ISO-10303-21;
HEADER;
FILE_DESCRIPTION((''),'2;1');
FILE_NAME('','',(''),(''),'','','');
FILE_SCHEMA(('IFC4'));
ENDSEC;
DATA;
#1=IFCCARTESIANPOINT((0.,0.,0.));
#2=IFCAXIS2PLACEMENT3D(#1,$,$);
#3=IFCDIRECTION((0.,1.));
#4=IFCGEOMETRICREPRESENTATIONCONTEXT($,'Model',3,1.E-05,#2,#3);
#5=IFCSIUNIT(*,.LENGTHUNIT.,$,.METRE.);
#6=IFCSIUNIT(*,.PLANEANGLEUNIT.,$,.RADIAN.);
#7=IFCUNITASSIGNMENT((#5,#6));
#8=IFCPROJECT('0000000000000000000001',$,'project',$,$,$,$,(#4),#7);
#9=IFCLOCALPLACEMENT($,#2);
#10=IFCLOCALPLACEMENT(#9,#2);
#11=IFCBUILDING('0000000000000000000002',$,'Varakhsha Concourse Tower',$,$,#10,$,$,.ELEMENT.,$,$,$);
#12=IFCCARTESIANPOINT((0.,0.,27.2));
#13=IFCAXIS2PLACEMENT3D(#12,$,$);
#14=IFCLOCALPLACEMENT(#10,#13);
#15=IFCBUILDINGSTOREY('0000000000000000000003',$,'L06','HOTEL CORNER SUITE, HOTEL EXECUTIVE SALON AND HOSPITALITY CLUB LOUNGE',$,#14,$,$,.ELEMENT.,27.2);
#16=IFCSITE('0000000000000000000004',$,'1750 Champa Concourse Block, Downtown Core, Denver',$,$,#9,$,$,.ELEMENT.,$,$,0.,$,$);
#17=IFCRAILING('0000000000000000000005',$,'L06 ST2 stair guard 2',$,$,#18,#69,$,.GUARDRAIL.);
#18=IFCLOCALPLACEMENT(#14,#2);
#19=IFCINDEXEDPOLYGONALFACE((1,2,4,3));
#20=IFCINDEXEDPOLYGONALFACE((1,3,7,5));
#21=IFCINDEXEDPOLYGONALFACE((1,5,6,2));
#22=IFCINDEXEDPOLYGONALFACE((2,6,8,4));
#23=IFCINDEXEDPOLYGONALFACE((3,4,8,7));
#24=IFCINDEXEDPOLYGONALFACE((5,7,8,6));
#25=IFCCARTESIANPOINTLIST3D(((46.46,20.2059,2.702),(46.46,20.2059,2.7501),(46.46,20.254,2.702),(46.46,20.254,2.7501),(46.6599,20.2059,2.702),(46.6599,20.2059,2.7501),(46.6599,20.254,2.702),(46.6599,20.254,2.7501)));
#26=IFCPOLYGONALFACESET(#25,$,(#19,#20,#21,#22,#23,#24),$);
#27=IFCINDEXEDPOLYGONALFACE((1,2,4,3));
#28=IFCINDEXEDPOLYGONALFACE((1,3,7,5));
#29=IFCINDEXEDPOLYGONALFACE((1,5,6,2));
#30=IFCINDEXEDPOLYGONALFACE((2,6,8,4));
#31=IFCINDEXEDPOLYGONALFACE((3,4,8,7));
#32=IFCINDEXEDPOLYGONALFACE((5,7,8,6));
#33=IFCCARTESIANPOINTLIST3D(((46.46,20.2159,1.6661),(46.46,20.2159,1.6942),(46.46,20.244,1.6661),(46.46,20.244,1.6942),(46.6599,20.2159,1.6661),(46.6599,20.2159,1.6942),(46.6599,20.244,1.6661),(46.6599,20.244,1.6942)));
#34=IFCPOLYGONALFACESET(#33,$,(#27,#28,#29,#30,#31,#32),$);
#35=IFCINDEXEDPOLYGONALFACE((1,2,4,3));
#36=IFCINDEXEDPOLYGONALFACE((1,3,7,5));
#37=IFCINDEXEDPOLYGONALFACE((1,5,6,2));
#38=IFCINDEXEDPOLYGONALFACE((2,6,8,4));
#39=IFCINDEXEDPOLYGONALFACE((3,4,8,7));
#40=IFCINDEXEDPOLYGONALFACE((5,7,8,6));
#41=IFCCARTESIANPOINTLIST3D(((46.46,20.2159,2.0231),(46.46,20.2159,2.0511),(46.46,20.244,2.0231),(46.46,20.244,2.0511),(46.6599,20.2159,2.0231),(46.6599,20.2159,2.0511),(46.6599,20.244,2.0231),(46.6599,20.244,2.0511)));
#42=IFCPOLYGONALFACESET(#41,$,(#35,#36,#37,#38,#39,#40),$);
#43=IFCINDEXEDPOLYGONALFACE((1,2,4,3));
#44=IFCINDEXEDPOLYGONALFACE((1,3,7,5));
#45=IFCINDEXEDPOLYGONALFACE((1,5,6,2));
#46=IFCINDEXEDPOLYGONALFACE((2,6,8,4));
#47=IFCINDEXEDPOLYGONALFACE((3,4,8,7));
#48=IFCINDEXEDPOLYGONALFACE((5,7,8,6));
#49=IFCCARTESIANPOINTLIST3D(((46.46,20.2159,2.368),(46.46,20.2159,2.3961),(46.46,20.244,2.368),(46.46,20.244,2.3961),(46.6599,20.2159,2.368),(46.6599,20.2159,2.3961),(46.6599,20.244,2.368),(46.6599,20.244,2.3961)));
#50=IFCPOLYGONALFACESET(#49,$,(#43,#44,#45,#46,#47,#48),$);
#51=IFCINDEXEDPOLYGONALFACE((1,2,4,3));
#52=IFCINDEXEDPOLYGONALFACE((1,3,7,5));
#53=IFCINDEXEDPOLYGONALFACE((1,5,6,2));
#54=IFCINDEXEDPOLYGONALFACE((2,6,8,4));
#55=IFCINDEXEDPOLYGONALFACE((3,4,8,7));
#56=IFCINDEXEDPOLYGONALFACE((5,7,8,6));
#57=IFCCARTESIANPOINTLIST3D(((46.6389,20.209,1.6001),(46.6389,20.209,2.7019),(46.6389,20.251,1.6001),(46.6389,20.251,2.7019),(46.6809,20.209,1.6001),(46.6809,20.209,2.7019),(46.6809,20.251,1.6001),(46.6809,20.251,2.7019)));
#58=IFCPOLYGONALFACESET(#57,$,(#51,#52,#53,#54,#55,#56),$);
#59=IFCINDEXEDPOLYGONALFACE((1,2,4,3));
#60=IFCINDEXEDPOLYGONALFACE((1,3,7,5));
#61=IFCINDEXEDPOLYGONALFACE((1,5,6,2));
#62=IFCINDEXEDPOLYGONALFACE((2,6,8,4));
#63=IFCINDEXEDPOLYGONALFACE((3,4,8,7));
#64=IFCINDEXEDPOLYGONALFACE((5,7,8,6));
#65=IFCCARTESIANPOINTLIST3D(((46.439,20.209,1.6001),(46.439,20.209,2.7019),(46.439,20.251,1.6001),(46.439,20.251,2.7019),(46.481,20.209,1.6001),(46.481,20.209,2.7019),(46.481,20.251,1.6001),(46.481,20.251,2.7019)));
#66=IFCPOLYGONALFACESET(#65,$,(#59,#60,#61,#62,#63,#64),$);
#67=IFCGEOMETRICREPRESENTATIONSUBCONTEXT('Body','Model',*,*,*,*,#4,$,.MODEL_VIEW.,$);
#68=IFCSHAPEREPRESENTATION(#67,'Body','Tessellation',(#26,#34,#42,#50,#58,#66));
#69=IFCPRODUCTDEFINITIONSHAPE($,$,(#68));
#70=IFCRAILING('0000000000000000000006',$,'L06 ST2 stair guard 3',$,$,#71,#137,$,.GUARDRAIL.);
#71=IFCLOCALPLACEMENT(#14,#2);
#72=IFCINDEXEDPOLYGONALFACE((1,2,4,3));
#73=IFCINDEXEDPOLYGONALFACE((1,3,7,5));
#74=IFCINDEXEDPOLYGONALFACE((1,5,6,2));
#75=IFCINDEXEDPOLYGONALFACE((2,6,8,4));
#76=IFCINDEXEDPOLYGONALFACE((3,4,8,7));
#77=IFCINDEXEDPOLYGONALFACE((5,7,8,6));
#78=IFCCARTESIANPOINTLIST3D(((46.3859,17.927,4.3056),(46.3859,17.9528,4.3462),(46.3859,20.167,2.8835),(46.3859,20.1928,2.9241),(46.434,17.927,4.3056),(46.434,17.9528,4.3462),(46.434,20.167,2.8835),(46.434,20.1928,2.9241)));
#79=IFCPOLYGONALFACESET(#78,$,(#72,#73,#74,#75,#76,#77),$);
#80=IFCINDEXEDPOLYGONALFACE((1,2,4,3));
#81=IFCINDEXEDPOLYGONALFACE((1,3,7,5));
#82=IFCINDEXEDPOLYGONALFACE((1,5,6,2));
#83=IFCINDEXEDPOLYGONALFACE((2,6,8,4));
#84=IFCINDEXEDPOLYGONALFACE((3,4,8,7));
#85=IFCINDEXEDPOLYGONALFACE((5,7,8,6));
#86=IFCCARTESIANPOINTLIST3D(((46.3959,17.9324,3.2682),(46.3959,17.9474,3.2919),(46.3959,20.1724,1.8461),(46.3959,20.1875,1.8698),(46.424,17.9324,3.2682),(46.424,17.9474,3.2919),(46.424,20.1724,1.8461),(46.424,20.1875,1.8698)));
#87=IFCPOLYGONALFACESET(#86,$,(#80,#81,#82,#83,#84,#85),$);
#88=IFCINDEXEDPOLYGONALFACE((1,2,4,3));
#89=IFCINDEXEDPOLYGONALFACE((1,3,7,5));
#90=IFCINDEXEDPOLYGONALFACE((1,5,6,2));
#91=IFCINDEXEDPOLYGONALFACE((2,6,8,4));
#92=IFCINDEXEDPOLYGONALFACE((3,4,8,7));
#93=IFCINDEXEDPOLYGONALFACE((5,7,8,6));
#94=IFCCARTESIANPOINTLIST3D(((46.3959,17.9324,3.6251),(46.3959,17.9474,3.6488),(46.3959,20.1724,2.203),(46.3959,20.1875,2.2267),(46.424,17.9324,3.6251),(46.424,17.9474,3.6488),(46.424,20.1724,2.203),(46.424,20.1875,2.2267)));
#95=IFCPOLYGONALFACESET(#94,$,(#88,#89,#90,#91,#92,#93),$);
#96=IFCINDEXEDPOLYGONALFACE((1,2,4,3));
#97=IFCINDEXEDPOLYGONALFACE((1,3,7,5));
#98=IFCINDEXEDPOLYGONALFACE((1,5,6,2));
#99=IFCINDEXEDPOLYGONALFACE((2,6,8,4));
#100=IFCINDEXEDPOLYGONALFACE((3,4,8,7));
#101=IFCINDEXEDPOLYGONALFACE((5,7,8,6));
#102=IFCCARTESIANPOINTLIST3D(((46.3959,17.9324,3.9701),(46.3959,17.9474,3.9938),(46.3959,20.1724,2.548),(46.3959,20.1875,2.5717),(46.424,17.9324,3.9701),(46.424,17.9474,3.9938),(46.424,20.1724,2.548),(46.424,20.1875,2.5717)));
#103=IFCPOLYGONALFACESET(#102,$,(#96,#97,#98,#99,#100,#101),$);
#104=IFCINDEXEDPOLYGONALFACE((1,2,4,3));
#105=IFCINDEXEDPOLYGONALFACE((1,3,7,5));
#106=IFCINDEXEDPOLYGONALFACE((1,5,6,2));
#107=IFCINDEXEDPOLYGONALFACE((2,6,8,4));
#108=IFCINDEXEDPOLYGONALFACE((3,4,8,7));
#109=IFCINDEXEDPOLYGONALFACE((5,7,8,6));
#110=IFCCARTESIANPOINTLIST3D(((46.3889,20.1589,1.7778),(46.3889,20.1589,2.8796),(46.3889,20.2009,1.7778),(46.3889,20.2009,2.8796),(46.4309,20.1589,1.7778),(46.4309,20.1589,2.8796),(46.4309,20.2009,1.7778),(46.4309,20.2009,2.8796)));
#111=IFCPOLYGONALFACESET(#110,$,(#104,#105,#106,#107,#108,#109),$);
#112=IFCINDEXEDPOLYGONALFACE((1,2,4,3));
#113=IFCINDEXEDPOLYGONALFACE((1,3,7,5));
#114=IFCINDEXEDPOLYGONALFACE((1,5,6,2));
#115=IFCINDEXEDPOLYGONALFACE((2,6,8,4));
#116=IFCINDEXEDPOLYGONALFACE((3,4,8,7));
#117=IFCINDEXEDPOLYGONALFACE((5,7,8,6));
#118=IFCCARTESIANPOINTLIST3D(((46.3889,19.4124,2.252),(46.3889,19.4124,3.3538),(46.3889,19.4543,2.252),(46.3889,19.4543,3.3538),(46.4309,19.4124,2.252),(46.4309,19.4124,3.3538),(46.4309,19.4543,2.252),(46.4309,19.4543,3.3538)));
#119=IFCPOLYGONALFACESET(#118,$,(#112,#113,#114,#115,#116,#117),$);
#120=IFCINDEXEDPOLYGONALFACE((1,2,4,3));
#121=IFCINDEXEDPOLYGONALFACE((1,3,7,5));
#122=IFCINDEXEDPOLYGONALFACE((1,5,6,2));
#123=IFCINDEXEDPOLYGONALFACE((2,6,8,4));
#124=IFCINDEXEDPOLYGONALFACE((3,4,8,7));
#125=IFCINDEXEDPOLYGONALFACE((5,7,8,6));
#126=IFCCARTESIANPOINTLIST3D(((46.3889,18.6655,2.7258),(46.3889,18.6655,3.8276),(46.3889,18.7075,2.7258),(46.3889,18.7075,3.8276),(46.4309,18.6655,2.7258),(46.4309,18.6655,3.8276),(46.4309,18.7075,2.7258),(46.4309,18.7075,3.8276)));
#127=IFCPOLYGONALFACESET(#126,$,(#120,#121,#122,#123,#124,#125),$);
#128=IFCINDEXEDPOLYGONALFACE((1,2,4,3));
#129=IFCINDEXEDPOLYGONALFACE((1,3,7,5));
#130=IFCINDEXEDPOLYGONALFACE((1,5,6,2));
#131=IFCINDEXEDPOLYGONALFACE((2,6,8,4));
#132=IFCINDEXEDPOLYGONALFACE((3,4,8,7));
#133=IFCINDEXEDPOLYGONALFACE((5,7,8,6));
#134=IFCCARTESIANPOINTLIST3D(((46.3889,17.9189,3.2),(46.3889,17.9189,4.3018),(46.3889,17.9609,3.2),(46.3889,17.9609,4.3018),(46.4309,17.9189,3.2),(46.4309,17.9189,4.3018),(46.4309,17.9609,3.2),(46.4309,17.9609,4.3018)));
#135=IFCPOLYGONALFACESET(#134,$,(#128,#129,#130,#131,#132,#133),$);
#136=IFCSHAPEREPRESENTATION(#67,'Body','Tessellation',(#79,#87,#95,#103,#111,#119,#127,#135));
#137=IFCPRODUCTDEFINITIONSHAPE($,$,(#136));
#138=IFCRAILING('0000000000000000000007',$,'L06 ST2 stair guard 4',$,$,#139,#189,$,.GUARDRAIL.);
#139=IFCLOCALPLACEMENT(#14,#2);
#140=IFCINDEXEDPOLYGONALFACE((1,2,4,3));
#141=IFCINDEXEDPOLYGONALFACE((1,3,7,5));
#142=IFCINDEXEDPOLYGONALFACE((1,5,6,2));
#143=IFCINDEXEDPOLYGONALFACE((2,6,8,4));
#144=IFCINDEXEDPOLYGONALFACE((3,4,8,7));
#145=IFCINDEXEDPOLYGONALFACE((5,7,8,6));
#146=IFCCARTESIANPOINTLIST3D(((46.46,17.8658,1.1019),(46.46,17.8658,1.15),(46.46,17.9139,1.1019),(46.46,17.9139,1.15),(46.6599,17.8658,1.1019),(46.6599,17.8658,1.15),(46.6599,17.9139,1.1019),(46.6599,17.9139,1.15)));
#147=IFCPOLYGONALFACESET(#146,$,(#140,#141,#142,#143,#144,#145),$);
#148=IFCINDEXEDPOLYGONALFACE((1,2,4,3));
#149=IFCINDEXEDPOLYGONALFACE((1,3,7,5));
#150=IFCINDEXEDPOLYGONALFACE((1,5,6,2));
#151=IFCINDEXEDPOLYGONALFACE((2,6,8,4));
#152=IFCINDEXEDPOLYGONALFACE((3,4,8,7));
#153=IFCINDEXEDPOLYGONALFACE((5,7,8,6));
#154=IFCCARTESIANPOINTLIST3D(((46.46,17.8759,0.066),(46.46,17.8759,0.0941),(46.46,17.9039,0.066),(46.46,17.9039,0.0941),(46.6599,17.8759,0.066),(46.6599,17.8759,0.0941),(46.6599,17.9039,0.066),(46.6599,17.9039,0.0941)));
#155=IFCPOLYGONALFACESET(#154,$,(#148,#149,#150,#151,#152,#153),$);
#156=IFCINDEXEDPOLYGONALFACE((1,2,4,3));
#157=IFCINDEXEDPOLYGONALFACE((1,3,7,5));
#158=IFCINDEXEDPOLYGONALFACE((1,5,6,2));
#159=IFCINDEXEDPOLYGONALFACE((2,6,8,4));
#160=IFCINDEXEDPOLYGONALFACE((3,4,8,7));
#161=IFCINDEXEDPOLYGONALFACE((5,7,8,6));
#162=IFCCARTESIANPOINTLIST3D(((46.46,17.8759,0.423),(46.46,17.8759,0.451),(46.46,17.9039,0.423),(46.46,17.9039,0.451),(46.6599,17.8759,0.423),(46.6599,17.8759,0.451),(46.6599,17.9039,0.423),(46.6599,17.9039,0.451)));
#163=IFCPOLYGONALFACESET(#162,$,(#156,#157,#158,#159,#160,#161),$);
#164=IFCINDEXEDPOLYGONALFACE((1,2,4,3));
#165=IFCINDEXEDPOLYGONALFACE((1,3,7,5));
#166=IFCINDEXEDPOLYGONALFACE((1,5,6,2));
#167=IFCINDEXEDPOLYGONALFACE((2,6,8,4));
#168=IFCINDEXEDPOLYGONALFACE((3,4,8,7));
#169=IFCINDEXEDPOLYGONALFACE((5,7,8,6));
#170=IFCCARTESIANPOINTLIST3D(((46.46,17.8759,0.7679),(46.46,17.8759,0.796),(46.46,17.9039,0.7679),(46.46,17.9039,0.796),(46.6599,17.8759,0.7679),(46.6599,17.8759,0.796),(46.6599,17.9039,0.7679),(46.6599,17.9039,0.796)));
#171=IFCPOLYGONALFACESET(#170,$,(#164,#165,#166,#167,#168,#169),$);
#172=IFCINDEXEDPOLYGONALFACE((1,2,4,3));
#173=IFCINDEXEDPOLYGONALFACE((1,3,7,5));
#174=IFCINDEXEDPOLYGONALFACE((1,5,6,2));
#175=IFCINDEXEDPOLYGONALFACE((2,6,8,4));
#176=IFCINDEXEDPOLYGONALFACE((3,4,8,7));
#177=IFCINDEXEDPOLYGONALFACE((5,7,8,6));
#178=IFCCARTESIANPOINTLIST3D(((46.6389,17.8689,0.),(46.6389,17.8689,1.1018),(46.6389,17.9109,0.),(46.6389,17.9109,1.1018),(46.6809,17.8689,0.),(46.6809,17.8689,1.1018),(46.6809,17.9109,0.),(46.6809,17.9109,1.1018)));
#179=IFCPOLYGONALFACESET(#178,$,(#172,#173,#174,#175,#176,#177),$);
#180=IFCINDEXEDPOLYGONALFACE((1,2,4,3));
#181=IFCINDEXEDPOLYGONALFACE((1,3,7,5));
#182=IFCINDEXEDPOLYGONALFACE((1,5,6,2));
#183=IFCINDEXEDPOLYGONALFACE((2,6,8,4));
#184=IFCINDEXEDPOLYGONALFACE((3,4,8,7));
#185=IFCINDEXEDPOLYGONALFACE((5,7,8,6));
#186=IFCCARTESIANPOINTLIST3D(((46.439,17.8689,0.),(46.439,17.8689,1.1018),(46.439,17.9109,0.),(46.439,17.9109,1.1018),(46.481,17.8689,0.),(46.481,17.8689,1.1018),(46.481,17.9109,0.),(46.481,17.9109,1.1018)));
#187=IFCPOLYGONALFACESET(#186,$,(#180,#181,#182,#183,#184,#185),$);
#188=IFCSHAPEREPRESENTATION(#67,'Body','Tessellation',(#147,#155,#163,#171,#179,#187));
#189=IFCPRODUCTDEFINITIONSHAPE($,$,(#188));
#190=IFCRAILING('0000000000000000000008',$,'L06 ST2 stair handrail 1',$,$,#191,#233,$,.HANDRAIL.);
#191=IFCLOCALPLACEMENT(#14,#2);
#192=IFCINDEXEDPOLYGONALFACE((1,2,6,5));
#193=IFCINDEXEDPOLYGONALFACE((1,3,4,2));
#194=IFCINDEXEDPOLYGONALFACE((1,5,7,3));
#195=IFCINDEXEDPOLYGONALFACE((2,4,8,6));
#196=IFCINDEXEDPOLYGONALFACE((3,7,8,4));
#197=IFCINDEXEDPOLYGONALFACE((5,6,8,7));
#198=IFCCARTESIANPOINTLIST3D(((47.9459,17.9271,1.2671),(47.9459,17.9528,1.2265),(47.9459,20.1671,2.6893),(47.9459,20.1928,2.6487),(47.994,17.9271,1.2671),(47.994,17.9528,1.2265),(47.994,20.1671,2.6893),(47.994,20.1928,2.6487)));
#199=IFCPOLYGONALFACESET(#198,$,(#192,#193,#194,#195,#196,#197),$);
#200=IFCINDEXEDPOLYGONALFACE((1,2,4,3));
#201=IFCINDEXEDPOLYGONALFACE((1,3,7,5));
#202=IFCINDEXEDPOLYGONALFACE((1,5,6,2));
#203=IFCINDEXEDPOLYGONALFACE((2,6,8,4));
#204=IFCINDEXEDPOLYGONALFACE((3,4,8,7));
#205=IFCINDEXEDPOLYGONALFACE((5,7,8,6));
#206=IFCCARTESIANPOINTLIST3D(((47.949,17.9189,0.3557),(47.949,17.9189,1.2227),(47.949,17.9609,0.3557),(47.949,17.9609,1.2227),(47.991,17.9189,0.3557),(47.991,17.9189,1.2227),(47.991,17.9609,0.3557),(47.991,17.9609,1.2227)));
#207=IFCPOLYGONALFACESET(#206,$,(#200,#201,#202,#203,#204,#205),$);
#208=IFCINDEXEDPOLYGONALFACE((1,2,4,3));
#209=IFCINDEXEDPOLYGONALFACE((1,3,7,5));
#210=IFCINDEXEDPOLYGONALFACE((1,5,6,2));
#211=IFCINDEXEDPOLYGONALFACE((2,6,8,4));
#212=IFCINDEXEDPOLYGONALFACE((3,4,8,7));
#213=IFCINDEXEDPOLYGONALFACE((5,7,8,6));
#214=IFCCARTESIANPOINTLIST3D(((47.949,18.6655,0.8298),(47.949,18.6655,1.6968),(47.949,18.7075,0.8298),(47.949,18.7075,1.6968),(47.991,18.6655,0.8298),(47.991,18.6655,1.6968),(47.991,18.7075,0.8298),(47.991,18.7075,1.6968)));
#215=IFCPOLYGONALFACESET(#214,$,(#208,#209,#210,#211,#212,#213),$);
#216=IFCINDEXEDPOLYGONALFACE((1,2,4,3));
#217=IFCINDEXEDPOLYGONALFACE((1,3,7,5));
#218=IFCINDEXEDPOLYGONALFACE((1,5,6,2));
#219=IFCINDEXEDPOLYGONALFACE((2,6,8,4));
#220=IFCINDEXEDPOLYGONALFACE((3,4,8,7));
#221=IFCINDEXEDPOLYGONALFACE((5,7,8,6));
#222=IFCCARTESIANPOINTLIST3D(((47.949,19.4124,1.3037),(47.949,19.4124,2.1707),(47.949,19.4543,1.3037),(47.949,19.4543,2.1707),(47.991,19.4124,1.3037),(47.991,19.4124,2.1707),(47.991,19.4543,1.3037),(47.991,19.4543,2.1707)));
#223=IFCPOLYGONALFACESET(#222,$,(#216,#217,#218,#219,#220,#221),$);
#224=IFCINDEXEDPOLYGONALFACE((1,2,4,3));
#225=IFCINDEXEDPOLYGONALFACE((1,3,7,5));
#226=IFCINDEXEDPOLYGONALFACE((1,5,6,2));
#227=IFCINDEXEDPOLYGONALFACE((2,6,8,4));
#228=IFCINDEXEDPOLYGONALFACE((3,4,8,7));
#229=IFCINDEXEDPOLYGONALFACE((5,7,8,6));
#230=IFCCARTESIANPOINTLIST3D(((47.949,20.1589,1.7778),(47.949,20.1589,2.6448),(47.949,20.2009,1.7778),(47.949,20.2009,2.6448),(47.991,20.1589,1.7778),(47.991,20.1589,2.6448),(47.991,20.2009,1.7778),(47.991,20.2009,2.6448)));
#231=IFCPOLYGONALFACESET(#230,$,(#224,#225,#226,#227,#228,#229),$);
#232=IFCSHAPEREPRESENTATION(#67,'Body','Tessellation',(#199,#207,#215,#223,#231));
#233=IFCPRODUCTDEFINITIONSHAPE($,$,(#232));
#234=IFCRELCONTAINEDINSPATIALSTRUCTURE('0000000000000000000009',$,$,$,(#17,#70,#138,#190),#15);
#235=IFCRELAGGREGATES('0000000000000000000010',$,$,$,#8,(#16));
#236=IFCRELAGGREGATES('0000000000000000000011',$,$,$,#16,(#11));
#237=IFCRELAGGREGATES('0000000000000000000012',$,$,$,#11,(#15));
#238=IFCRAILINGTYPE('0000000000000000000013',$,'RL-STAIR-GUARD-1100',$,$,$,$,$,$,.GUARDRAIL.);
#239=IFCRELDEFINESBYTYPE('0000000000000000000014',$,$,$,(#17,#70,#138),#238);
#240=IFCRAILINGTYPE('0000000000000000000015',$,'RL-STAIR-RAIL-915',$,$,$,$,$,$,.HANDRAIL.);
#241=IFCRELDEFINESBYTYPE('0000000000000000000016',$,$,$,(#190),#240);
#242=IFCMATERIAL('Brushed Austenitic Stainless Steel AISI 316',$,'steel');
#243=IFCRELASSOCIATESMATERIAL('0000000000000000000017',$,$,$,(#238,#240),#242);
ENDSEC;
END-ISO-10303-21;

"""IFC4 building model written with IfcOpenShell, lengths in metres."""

from ifc_helpers import new_model, si_unit, direction, frame, origin, origin_2d, place, context, subcontext, project, spatial, rectangle, extrude, material, type_object, element, save


model = new_model("IFC4")

# Units and contexts
model_context = context("Model", 3, precision=1e-05, world=origin(), true_north=direction((0.0, 1.0)))
body_context = subcontext(model_context, "Body", "Model", "MODEL_VIEW")
ifc_project = project(units=[si_unit("LENGTHUNIT", "METRE"), si_unit("PLANEANGLEUNIT", "RADIAN")], contexts=[model_context])

# Site, building, storey
site_placement = place(None, origin())
site = spatial("IfcSite", under=ifc_project, at=site_placement, Name="1750 Champa Concourse Block, Downtown Core, Denver", CompositionType="ELEMENT", RefElevation=0.0)
building_placement = place(site_placement, origin())
building = spatial("IfcBuilding", under=site, at=building_placement, Name="Varakhsha Concourse Tower", CompositionType="ELEMENT")
storey_placement = place(building_placement, frame((0.0, 0.0, 27.2)))
storey = spatial("IfcBuildingStorey", under=building, at=storey_placement, Name="L06", Description="HOTEL CORNER SUITE, HOTEL EXECUTIVE SALON AND HOSPITALITY CLUB LOUNGE", CompositionType="ELEMENT", Elevation=27.2)

# Railings
ifc_material_1 = material(Name="Brushed Austenitic Stainless Steel AISI 316", Category="steel")
railing_type_1 = type_object("IfcRailingType", Name="RL-STAIR-GUARD-1100", PredefinedType="GUARDRAIL", material=ifc_material_1)
railing_1_placement = place(storey_placement, frame((46.6599, 20.23, 1.6001)))
element("IfcRailing", 1, at=railing_1_placement, inside=storey, type_object=railing_type_1, Name="L06 ST2 stair guard 2", PredefinedType="GUARDRAIL", context=body_context, shape_type="SweptSolid", body=[
    extrude(rectangle(XDim=0.0481, YDim=0.0481, at=origin_2d()), frame((0.0, 0.0, 1.126), z_axis=(-1.0, 0.0, 0.0), x_axis=(0.0, -1.0, 0.0)), (0.0, 0.0, 1.0), 0.2),
    extrude(rectangle(XDim=0.0281, YDim=0.0281, at=origin_2d()), frame((0.0, 0.0, 0.0801), z_axis=(-1.0, 0.0, 0.0), x_axis=(0.0, -1.0, 0.0)), (0.0, 0.0, 1.0), 0.2),
    extrude(rectangle(XDim=0.0281, YDim=0.0281, at=origin_2d()), frame((0.0, 0.0, 0.437), z_axis=(-1.0, 0.0, 0.0), x_axis=(0.0, -1.0, 0.0)), (0.0, 0.0, 1.0), 0.2),
    extrude(rectangle(XDim=0.0281, YDim=0.0281, at=origin_2d()), frame((0.0, 0.0, 0.782), z_axis=(-1.0, 0.0, 0.0), x_axis=(0.0, -1.0, 0.0)), (0.0, 0.0, 1.0), 0.2),
    extrude(rectangle(XDim=0.042, YDim=0.042, at=origin_2d()), origin(), (0.0, 0.0, 1.0), 1.1018),
    extrude(rectangle(XDim=0.042, YDim=0.042, at=origin_2d()), frame((-0.2, 0.0, 0.0)), (0.0, 0.0, 1.0), 1.1018),
])
railing_2_placement = place(storey_placement, frame((46.4099, 20.1799, 1.7778)))
element("IfcRailing", 2, at=railing_2_placement, inside=storey, type_object=railing_type_1, Name="L06 ST2 stair guard 3", PredefinedType="GUARDRAIL", context=body_context, shape_type="SweptSolid", body=[
    extrude(rectangle(XDim=0.0481, YDim=0.0481, at=origin_2d()), frame((0.0, 0.0, 1.126), z_axis=(0.0, -0.844229, 0.535982), x_axis=(1.0, 0.0, 0.0)), (0.0, 0.0, 1.0), 2.6533),
    extrude(rectangle(XDim=0.0281, YDim=0.0281, at=origin_2d()), frame((0.0, 0.0, 0.0801), z_axis=(0.0, -0.844229, 0.535982), x_axis=(1.0, 0.0, 0.0)), (0.0, 0.0, 1.0), 2.6533),
    extrude(rectangle(XDim=0.0281, YDim=0.0281, at=origin_2d()), frame((0.0, 0.0, 0.437), z_axis=(0.0, -0.844229, 0.535982), x_axis=(1.0, 0.0, 0.0)), (0.0, 0.0, 1.0), 2.6533),
    extrude(rectangle(XDim=0.0281, YDim=0.0281, at=origin_2d()), frame((0.0, 0.0, 0.782), z_axis=(0.0, -0.844229, 0.535982), x_axis=(1.0, 0.0, 0.0)), (0.0, 0.0, 1.0), 2.6533),
    extrude(rectangle(XDim=0.042, YDim=0.042, at=origin_2d()), origin(), (0.0, 0.0, 1.0), 1.1018),
    extrude(rectangle(XDim=0.042, YDim=0.042, at=origin_2d()), frame((0.0, -0.7466, 0.4741)), (0.0, 0.0, 1.0), 1.1018),
    extrude(rectangle(XDim=0.042, YDim=0.042, at=origin_2d()), frame((0.0, -1.4934, 0.948)), (0.0, 0.0, 1.0), 1.1018),
    extrude(rectangle(XDim=0.042, YDim=0.042, at=origin_2d()), frame((0.0, -2.24, 1.4221)), (0.0, 0.0, 1.0), 1.1018),
])
railing_3_placement = place(storey_placement, frame((46.6599, 17.8899, 0.0)))
element("IfcRailing", 3, at=railing_3_placement, inside=storey, type_object=railing_type_1, Name="L06 ST2 stair guard 4", PredefinedType="GUARDRAIL", context=body_context, shape_type="SweptSolid", body=[
    extrude(rectangle(XDim=0.0481, YDim=0.0481, at=origin_2d()), frame((0.0, 0.0, 1.126), z_axis=(-1.0, 0.0, 0.0), x_axis=(0.0, -1.0, 0.0)), (0.0, 0.0, 1.0), 0.2),
    extrude(rectangle(XDim=0.0281, YDim=0.0281, at=origin_2d()), frame((0.0, 0.0, 0.0801), z_axis=(-1.0, 0.0, 0.0), x_axis=(0.0, -1.0, 0.0)), (0.0, 0.0, 1.0), 0.2),
    extrude(rectangle(XDim=0.0281, YDim=0.0281, at=origin_2d()), frame((0.0, 0.0, 0.437), z_axis=(-1.0, 0.0, 0.0), x_axis=(0.0, -1.0, 0.0)), (0.0, 0.0, 1.0), 0.2),
    extrude(rectangle(XDim=0.0281, YDim=0.0281, at=origin_2d()), frame((0.0, 0.0, 0.782), z_axis=(-1.0, 0.0, 0.0), x_axis=(0.0, -1.0, 0.0)), (0.0, 0.0, 1.0), 0.2),
    extrude(rectangle(XDim=0.042, YDim=0.042, at=origin_2d()), origin(), (0.0, 0.0, 1.0), 1.1018),
    extrude(rectangle(XDim=0.042, YDim=0.042, at=origin_2d()), frame((-0.2, 0.0, 0.0)), (0.0, 0.0, 1.0), 1.1018),
])
railing_type_2 = type_object("IfcRailingType", Name="RL-STAIR-RAIL-915", PredefinedType="HANDRAIL", material=ifc_material_1)
railing_4_placement = place(storey_placement, frame((47.97, 17.9399, 0.3557)))
element("IfcRailing", 4, at=railing_4_placement, inside=storey, type_object=railing_type_2, Name="L06 ST2 stair handrail 1", PredefinedType="HANDRAIL", context=body_context, shape_type="SweptSolid", body=[
    extrude(rectangle(XDim=0.0481, YDim=0.0481, at=origin_2d()), frame((0.0, 0.0, 0.8911), z_axis=(0.0, 0.844229, 0.535982), x_axis=(-1.0, 0.0, 0.0)), (0.0, 0.0, 1.0), 2.6533),
    extrude(rectangle(XDim=0.042, YDim=0.042, at=origin_2d()), origin(), (0.0, 0.0, 1.0), 0.8669),
    extrude(rectangle(XDim=0.042, YDim=0.042, at=origin_2d()), frame((0.0, 0.7466, 0.4741)), (0.0, 0.0, 1.0), 0.8669),
    extrude(rectangle(XDim=0.042, YDim=0.042, at=origin_2d()), frame((0.0, 1.4934, 0.948)), (0.0, 0.0, 1.0), 0.8669),
    extrude(rectangle(XDim=0.042, YDim=0.042, at=origin_2d()), frame((0.0, 2.24, 1.4221)), (0.0, 0.0, 1.0), 0.8669),
])

save(model, "model.ifc")
